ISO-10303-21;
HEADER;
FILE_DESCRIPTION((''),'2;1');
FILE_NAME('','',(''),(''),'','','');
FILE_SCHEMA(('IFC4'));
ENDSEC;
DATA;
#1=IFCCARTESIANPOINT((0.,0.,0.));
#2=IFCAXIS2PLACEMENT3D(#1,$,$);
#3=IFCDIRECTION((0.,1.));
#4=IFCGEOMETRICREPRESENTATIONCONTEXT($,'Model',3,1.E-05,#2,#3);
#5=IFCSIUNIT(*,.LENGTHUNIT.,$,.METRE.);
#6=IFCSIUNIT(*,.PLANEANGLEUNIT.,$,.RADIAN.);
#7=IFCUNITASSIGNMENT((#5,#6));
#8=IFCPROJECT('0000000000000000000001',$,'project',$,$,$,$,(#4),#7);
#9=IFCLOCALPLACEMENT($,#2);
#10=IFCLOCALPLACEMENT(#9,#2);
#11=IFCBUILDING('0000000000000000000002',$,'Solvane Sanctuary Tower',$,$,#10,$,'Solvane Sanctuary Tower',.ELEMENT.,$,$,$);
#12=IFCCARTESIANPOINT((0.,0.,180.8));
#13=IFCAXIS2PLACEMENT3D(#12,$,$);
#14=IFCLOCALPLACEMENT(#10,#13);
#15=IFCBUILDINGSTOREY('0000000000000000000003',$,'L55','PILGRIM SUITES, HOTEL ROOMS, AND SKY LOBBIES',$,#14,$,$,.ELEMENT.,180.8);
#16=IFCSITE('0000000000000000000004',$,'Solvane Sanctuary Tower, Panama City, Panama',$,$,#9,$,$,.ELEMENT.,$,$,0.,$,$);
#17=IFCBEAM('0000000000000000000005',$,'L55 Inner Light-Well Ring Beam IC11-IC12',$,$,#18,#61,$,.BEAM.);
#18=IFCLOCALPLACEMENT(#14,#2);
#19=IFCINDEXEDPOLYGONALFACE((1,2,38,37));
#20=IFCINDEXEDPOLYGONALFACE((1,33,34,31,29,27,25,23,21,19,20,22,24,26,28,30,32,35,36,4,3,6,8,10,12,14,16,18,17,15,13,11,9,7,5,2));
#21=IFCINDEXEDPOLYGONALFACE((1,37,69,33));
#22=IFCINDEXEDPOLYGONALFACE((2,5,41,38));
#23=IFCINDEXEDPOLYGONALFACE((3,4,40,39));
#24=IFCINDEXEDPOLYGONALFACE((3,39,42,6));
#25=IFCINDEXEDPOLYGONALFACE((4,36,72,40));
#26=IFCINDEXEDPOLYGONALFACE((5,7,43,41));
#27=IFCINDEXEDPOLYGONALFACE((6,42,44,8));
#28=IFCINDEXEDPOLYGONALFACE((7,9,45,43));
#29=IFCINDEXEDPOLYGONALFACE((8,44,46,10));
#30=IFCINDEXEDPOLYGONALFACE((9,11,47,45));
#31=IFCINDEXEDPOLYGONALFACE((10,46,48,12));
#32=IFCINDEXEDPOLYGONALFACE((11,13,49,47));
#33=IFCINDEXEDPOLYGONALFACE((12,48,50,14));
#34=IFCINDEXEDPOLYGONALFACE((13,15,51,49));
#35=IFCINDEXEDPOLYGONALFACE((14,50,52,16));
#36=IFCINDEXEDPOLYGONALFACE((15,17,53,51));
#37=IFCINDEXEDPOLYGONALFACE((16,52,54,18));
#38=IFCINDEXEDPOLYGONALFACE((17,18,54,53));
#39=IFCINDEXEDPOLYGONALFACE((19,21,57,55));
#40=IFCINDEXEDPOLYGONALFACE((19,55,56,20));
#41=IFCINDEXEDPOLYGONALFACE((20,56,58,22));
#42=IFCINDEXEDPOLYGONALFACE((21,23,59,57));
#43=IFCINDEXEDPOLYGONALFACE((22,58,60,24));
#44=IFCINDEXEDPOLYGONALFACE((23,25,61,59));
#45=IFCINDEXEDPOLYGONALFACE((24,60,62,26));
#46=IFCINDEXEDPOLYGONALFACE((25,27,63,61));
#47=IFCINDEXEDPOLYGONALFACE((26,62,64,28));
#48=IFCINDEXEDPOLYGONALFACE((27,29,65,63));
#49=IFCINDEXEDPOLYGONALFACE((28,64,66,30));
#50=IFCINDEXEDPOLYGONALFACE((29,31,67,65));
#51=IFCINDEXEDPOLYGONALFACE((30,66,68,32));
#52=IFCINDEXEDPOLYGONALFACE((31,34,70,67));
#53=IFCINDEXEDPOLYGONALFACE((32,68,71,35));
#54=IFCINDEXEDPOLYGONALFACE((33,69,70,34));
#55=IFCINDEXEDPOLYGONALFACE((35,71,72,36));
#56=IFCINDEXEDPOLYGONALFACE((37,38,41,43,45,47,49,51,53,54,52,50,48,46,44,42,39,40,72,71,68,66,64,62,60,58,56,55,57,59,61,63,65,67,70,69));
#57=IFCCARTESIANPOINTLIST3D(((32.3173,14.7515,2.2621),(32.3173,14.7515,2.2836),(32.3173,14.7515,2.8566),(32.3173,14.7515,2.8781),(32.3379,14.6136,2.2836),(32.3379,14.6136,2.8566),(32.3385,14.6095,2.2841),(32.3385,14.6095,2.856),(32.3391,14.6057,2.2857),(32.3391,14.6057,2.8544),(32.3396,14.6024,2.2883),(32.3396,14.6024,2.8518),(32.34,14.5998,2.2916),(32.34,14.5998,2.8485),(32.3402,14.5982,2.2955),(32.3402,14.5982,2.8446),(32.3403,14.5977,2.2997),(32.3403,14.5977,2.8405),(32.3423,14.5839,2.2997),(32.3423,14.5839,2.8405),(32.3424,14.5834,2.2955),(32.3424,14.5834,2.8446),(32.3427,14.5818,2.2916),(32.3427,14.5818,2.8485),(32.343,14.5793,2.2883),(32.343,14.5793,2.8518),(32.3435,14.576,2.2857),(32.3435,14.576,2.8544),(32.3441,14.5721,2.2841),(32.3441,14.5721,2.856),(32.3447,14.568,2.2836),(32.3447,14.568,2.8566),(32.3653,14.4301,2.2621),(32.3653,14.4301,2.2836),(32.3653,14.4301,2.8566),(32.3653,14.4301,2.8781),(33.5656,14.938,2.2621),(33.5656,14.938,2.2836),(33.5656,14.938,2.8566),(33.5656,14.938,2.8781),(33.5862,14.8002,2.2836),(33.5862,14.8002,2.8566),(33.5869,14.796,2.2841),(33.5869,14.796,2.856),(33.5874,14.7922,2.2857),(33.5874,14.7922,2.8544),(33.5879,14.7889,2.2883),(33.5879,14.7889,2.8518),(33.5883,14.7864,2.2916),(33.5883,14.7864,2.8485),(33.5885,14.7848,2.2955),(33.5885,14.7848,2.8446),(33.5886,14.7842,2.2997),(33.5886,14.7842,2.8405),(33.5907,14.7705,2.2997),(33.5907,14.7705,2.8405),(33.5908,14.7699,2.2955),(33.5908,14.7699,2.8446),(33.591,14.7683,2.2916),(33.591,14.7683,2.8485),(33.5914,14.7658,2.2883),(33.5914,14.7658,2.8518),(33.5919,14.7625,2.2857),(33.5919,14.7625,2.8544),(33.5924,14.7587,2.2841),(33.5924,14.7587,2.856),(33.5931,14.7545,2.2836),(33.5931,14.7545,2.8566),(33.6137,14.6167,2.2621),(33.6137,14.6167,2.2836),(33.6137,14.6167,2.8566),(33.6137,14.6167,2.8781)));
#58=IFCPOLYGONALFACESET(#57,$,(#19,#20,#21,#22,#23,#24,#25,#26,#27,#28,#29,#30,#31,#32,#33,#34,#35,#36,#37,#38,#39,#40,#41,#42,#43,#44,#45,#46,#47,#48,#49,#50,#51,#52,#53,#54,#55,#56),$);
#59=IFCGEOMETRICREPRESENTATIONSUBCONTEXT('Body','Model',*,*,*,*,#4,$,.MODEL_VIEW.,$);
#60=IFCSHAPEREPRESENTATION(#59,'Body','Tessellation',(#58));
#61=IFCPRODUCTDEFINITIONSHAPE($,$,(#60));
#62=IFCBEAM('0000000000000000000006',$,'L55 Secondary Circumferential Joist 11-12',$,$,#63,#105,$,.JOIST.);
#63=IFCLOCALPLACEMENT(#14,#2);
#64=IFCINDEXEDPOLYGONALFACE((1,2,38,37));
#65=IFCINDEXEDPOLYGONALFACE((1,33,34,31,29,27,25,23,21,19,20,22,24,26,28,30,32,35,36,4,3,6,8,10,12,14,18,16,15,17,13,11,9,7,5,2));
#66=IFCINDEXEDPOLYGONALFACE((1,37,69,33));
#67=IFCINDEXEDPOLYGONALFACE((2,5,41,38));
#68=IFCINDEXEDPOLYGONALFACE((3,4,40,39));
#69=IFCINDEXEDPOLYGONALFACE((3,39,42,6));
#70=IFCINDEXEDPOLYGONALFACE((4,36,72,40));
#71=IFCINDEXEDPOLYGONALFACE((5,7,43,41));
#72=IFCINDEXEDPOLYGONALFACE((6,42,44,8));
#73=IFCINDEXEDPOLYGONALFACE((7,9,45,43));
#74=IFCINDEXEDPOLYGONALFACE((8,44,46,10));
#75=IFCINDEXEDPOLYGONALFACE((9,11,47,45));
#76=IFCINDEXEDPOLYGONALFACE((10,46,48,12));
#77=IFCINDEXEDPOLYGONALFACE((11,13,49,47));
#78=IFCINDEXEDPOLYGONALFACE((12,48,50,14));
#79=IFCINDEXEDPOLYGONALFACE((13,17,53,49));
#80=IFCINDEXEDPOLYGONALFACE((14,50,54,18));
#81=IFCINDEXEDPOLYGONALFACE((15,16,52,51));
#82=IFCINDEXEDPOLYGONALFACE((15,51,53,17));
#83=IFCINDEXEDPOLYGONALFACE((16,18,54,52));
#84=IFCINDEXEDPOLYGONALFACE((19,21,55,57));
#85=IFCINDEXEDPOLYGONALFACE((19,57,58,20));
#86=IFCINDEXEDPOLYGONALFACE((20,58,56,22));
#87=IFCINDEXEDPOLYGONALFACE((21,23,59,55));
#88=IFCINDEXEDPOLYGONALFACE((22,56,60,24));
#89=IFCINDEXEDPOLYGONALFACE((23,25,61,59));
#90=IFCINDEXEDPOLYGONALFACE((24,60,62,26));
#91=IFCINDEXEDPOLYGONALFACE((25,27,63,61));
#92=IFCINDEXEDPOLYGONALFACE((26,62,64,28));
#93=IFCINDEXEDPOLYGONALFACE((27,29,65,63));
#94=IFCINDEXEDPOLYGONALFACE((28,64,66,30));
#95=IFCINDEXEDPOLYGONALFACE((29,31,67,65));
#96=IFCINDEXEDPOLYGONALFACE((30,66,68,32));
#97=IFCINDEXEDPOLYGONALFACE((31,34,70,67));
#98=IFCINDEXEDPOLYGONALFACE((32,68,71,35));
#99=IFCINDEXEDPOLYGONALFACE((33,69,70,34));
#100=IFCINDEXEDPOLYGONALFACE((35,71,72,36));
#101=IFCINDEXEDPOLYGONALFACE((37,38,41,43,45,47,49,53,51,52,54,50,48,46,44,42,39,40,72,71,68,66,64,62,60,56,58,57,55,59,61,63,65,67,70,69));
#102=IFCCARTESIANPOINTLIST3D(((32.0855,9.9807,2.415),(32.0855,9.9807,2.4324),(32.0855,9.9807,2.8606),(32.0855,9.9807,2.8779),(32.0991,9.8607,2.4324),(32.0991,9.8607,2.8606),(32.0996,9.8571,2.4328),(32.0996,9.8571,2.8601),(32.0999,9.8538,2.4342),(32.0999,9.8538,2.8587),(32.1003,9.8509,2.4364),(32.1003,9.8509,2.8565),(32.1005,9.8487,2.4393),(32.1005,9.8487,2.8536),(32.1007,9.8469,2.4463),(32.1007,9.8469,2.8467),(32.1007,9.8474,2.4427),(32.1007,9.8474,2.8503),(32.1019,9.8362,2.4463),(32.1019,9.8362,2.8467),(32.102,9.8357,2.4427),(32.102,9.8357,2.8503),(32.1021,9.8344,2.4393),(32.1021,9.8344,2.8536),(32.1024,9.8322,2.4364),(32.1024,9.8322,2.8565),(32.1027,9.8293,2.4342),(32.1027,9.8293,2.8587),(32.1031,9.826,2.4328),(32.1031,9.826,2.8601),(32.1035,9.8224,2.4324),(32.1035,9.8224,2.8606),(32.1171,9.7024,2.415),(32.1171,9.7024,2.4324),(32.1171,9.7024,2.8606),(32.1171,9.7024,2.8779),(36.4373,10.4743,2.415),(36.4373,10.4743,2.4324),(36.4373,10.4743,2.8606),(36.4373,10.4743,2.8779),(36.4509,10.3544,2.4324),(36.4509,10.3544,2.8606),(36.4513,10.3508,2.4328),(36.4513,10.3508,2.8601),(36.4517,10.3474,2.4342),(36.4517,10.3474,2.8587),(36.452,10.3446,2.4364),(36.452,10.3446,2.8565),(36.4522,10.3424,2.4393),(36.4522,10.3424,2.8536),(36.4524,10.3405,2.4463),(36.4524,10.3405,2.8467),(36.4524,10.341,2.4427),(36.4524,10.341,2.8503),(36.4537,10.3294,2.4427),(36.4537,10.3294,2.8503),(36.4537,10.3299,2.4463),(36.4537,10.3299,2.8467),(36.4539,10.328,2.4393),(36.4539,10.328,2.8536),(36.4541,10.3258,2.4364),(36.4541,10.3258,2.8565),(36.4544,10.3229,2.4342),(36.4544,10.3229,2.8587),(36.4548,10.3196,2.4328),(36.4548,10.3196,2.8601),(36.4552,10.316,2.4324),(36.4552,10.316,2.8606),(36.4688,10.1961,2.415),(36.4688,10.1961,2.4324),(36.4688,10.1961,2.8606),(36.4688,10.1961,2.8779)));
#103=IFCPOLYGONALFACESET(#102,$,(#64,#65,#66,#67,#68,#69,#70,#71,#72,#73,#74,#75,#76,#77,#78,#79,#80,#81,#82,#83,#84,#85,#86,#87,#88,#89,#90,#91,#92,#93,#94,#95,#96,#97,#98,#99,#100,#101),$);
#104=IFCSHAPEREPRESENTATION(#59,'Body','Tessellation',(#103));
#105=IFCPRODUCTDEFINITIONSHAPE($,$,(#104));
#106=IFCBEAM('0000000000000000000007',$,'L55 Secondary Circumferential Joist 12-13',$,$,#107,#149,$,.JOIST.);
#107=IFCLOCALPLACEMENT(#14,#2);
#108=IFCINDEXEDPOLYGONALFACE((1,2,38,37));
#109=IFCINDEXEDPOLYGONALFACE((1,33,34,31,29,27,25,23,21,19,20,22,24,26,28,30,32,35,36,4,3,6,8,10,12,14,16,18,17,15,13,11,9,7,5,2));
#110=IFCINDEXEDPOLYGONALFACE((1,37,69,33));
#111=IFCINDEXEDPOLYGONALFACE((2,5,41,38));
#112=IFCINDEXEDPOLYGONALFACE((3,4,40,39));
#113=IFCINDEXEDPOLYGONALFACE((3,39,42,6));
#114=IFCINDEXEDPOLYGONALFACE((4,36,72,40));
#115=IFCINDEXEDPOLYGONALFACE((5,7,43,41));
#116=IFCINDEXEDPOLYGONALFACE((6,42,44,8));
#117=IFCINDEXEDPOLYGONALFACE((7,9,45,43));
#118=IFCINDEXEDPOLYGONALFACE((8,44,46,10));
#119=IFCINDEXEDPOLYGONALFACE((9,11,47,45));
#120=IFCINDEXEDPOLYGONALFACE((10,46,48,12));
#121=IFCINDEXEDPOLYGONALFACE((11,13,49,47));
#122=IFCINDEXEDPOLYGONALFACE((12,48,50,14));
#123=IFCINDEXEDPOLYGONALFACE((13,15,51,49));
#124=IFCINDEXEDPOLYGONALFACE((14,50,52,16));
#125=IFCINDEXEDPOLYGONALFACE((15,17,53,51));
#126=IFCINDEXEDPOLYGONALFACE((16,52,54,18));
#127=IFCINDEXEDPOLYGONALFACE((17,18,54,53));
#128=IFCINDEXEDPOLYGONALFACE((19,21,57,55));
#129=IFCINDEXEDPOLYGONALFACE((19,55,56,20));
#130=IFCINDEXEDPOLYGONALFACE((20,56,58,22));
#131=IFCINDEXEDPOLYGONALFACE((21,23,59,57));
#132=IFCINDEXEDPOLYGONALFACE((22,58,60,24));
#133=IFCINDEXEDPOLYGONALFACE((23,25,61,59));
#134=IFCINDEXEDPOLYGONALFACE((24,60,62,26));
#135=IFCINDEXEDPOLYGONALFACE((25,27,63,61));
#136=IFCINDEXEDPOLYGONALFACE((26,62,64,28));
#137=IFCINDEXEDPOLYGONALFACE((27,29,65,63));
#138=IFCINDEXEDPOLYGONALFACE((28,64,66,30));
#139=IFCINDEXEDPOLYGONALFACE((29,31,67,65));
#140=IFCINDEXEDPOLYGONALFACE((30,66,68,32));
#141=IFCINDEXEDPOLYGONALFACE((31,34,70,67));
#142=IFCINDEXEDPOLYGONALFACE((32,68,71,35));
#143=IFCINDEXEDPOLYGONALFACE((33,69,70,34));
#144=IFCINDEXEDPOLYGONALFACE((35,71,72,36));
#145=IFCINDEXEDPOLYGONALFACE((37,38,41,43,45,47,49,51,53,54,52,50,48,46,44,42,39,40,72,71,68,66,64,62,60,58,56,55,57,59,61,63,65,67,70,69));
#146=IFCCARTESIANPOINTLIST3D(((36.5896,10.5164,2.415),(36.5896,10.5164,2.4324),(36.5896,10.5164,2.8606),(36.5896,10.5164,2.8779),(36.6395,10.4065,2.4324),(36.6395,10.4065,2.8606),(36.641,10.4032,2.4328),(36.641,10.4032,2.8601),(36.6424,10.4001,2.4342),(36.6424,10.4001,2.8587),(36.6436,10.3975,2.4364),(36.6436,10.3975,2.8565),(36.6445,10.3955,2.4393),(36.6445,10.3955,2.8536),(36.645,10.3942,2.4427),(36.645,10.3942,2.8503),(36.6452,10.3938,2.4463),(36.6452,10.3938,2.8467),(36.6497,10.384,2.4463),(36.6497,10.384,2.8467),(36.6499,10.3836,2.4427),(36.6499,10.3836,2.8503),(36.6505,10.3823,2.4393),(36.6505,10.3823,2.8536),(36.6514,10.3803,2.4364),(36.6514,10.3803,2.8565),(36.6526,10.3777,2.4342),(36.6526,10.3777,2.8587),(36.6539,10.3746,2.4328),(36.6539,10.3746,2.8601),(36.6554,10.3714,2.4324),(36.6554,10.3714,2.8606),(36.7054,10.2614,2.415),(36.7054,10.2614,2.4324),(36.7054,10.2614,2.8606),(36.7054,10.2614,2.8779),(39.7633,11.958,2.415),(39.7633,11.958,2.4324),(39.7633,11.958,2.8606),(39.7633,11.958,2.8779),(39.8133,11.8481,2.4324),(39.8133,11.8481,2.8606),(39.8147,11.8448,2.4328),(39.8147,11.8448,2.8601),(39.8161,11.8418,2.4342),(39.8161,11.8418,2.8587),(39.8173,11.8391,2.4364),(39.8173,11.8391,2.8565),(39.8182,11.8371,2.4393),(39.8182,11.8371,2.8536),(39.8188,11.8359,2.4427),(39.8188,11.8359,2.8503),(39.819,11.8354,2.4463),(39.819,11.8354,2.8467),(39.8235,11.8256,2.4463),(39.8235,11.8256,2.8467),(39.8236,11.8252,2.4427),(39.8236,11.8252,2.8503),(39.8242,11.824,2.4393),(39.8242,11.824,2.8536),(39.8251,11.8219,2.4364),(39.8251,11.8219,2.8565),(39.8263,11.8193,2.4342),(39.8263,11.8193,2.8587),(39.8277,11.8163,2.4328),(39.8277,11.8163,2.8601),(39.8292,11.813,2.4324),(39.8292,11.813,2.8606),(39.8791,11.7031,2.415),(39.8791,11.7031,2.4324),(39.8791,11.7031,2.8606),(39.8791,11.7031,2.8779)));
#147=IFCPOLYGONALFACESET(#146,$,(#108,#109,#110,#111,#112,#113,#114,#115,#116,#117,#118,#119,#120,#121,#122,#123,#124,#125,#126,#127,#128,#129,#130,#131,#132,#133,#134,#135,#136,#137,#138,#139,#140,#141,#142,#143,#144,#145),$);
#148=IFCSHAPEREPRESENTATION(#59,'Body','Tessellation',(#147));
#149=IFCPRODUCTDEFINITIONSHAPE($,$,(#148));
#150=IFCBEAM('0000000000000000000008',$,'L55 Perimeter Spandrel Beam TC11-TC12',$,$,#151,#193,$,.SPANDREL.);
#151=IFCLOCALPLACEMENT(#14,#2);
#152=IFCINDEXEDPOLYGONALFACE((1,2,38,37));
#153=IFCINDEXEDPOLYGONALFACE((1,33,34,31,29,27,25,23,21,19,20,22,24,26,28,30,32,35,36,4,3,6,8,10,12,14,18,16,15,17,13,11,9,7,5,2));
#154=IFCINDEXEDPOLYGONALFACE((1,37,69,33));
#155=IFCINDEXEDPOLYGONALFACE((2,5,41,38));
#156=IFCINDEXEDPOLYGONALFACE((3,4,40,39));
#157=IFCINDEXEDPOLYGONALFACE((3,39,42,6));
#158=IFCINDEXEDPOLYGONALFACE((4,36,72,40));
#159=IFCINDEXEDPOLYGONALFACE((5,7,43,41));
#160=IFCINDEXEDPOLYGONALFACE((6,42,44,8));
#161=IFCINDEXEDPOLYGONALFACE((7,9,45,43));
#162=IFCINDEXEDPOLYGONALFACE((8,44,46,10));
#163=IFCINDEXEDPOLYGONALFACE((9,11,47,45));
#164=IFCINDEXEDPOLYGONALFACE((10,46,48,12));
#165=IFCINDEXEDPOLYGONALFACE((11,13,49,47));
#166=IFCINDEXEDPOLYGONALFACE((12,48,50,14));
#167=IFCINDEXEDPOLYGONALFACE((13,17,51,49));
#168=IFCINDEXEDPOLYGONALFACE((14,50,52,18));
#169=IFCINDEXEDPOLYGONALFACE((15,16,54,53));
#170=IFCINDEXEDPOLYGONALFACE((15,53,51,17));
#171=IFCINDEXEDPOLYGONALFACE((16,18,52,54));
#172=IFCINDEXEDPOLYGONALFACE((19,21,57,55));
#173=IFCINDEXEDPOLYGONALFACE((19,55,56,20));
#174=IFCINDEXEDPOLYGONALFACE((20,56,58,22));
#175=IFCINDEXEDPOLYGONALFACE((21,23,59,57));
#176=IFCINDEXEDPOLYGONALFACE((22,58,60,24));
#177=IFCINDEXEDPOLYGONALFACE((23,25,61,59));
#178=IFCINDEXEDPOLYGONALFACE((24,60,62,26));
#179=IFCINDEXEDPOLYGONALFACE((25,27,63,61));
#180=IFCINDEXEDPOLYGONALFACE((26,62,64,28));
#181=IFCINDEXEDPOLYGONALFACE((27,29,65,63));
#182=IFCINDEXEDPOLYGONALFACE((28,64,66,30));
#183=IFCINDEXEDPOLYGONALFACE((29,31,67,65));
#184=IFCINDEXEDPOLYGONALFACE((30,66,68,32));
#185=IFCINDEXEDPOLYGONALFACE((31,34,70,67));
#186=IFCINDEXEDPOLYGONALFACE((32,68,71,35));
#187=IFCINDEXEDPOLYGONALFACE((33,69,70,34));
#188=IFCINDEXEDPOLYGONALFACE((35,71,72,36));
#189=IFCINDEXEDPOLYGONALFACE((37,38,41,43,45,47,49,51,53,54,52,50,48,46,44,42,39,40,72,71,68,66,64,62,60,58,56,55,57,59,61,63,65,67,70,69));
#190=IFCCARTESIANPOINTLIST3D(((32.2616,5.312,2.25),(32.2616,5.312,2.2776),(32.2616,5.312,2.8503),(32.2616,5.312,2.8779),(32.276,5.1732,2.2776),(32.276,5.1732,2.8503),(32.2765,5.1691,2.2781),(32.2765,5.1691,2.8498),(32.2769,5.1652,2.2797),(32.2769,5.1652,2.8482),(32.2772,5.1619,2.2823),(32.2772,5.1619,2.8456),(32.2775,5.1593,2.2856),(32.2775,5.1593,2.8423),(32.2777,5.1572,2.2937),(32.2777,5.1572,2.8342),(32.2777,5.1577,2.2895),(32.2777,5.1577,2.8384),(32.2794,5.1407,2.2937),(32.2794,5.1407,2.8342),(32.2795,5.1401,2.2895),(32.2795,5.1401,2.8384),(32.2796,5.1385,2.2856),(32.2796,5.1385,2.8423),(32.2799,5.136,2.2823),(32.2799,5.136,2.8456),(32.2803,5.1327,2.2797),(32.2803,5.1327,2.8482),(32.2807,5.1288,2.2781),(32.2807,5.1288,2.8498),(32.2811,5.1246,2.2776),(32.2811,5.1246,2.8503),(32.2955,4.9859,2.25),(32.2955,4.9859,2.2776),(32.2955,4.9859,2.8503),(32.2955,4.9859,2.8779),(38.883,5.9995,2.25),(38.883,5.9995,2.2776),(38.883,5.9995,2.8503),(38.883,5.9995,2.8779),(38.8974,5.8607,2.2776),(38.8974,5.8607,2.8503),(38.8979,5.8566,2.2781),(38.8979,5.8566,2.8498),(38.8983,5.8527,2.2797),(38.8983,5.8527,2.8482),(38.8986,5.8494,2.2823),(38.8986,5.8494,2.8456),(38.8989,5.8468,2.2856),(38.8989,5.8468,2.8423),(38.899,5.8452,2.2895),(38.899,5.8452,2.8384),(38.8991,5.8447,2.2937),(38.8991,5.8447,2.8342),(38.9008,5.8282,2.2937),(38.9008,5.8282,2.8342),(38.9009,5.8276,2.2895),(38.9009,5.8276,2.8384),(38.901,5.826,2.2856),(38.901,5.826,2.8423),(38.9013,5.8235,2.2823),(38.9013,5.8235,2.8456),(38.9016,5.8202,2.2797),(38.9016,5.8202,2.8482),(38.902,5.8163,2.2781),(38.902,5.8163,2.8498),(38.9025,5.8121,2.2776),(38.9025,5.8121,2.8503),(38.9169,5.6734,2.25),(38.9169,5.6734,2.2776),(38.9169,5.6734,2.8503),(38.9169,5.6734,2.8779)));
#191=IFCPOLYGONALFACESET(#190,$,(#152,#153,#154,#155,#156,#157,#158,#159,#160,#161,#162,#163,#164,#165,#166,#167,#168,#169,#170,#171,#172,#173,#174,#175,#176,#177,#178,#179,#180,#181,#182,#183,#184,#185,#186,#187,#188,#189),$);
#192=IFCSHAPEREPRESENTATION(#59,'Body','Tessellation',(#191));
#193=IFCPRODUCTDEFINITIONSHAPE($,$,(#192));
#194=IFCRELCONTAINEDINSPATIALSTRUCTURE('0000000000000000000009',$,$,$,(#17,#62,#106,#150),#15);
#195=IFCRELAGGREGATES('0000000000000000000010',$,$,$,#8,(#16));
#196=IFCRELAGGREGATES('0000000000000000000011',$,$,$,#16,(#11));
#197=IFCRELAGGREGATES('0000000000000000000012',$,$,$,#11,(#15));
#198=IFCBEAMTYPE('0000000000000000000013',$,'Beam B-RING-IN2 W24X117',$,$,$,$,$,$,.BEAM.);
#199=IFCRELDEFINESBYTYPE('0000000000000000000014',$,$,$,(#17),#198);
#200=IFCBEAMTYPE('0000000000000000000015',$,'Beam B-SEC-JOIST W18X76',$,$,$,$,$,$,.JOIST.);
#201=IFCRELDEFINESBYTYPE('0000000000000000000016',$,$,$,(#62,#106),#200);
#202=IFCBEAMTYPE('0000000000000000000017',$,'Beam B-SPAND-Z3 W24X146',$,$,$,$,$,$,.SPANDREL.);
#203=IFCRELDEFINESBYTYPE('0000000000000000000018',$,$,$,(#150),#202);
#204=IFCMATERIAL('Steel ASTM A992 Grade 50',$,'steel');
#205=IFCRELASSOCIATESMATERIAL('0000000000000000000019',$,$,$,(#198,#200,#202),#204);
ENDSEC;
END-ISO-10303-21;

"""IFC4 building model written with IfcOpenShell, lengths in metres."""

from ifc_helpers import new_model, si_unit, direction, frame, origin, origin_2d, place, context, subcontext, project, spatial, i_section, extrude, material, material_profile, profile_set, type_object, element, save


model = new_model("IFC4")

# Units and contexts
model_context = context("Model", 3, precision=1e-05, world=origin(), true_north=direction((0.0, 1.0)))
body_context = subcontext(model_context, "Body", "Model", "MODEL_VIEW")
ifc_project = project(units=[si_unit("LENGTHUNIT", "METRE"), si_unit("PLANEANGLEUNIT", "RADIAN")], contexts=[model_context])

# Site, building, storey
site_placement = place(None, origin())
site = spatial("IfcSite", under=ifc_project, at=site_placement, Name="Solvane Sanctuary Tower, Panama City, Panama", CompositionType="ELEMENT", RefElevation=0.0)
building_placement = place(site_placement, origin())
building = spatial("IfcBuilding", under=site, at=building_placement, Name="Solvane Sanctuary Tower", LongName="Solvane Sanctuary Tower", CompositionType="ELEMENT")
storey_placement = place(building_placement, frame((0.0, 0.0, 180.8)))
storey = spatial("IfcBuildingStorey", under=building, at=storey_placement, Name="L55", Description="PILGRIM SUITES, HOTEL ROOMS, AND SKY LOBBIES", CompositionType="ELEMENT", Elevation=180.8)

# Beams
ifc_material_1 = material(Name="Steel ASTM A992 Grade 50", Category="steel")
ifc_material_profile_1 = material_profile(ifc_material_1, i_section(OverallWidth=0.325, OverallDepth=0.616, WebThickness=0.0139, FlangeThickness=0.0215, FilletRadius=0.0161, at=origin_2d()), Name="W24X117")
ifc_profile_set_1 = profile_set([ifc_material_profile_1], Name="Steel ASTM A992 Grade 50")
beam_type_1 = type_object("IfcBeamType", Name="Beam B-RING-IN2 W24X117", PredefinedType="BEAM", material=ifc_profile_set_1)
beam_1_placement = place(storey_placement, frame((32.3413, 14.5908, 2.5701), z_axis=(0.98902, 0.147782, 0.0), x_axis=(-0.147782, 0.98902, 0.0)))
element("IfcBeam", 1, at=beam_1_placement, inside=storey, type_object=beam_type_1, Name="L55 Inner Light-Well Ring Beam IC11-IC12", PredefinedType="BEAM", context=body_context, shape_type="SweptSolid", body=[
    extrude(i_section(OverallWidth=0.325, OverallDepth=0.616, WebThickness=0.0139, FlangeThickness=0.0215, FilletRadius=0.0161, at=origin_2d()), origin(), (0.0, 0.0, 1.0), 1.2622),
])
ifc_material_profile_2 = material_profile(ifc_material_1, i_section(OverallWidth=0.28, OverallDepth=0.4629, WebThickness=0.0107, FlangeThickness=0.0173, FilletRadius=0.0139, at=origin_2d()), Name="W18X76")
ifc_profile_set_2 = profile_set([ifc_material_profile_2], Name="Steel ASTM A992 Grade 50")
beam_type_2 = type_object("IfcBeamType", Name="Beam B-SEC-JOIST W18X76", PredefinedType="JOIST", material=ifc_profile_set_2)
beam_2_placement = place(storey_placement, frame((32.1013, 9.8416, 2.6465), z_axis=(0.993628, 0.112713, 0.0), x_axis=(-0.112713, 0.993628, 0.0)))
element("IfcBeam", 2, at=beam_2_placement, inside=storey, type_object=beam_type_2, Name="L55 Secondary Circumferential Joist 11-12", PredefinedType="JOIST", context=body_context, shape_type="SweptSolid", body=[
    extrude(i_section(OverallWidth=0.28, OverallDepth=0.4629, WebThickness=0.0107, FlangeThickness=0.0173, FilletRadius=0.0139, at=origin_2d()), origin(), (0.0, 0.0, 1.0), 4.3796),
])
beam_3_placement = place(storey_placement, frame((36.6475, 10.3889, 2.6465), z_axis=(0.910474, 0.413565, 0.0), x_axis=(-0.413565, 0.910474, 0.0)))
element("IfcBeam", 3, at=beam_3_placement, inside=storey, type_object=beam_type_2, Name="L55 Secondary Circumferential Joist 12-13", PredefinedType="JOIST", context=body_context, shape_type="SweptSolid", body=[
    extrude(i_section(OverallWidth=0.28, OverallDepth=0.4629, WebThickness=0.0107, FlangeThickness=0.0173, FilletRadius=0.0139, at=origin_2d()), origin(), (0.0, 0.0, 1.0), 3.4858),
])
ifc_material_profile_3 = material_profile(ifc_material_1, i_section(OverallWidth=0.3279, OverallDepth=0.6279, WebThickness=0.0166, FlangeThickness=0.0276, FilletRadius=0.0161, at=origin_2d()), Name="W24X146")
ifc_profile_set_3 = profile_set([ifc_material_profile_3], Name="Steel ASTM A992 Grade 50")
beam_type_3 = type_object("IfcBeamType", Name="Beam B-SPAND-Z3 W24X146", PredefinedType="SPANDREL", material=ifc_profile_set_3)
beam_4_placement = place(storey_placement, frame((32.2786, 5.1489, 2.564), z_axis=(0.994653, 0.103276, 0.0), x_axis=(-0.103276, 0.994653, 0.0)))
element("IfcBeam", 4, at=beam_4_placement, inside=storey, type_object=beam_type_3, Name="L55 Perimeter Spandrel Beam TC11-TC12", PredefinedType="SPANDREL", context=body_context, shape_type="SweptSolid", body=[
    extrude(i_section(OverallWidth=0.3279, OverallDepth=0.6279, WebThickness=0.0166, FlangeThickness=0.0276, FilletRadius=0.0161, at=origin_2d()), origin(), (0.0, 0.0, 1.0), 6.657),
])

save(model, "model.ifc")
